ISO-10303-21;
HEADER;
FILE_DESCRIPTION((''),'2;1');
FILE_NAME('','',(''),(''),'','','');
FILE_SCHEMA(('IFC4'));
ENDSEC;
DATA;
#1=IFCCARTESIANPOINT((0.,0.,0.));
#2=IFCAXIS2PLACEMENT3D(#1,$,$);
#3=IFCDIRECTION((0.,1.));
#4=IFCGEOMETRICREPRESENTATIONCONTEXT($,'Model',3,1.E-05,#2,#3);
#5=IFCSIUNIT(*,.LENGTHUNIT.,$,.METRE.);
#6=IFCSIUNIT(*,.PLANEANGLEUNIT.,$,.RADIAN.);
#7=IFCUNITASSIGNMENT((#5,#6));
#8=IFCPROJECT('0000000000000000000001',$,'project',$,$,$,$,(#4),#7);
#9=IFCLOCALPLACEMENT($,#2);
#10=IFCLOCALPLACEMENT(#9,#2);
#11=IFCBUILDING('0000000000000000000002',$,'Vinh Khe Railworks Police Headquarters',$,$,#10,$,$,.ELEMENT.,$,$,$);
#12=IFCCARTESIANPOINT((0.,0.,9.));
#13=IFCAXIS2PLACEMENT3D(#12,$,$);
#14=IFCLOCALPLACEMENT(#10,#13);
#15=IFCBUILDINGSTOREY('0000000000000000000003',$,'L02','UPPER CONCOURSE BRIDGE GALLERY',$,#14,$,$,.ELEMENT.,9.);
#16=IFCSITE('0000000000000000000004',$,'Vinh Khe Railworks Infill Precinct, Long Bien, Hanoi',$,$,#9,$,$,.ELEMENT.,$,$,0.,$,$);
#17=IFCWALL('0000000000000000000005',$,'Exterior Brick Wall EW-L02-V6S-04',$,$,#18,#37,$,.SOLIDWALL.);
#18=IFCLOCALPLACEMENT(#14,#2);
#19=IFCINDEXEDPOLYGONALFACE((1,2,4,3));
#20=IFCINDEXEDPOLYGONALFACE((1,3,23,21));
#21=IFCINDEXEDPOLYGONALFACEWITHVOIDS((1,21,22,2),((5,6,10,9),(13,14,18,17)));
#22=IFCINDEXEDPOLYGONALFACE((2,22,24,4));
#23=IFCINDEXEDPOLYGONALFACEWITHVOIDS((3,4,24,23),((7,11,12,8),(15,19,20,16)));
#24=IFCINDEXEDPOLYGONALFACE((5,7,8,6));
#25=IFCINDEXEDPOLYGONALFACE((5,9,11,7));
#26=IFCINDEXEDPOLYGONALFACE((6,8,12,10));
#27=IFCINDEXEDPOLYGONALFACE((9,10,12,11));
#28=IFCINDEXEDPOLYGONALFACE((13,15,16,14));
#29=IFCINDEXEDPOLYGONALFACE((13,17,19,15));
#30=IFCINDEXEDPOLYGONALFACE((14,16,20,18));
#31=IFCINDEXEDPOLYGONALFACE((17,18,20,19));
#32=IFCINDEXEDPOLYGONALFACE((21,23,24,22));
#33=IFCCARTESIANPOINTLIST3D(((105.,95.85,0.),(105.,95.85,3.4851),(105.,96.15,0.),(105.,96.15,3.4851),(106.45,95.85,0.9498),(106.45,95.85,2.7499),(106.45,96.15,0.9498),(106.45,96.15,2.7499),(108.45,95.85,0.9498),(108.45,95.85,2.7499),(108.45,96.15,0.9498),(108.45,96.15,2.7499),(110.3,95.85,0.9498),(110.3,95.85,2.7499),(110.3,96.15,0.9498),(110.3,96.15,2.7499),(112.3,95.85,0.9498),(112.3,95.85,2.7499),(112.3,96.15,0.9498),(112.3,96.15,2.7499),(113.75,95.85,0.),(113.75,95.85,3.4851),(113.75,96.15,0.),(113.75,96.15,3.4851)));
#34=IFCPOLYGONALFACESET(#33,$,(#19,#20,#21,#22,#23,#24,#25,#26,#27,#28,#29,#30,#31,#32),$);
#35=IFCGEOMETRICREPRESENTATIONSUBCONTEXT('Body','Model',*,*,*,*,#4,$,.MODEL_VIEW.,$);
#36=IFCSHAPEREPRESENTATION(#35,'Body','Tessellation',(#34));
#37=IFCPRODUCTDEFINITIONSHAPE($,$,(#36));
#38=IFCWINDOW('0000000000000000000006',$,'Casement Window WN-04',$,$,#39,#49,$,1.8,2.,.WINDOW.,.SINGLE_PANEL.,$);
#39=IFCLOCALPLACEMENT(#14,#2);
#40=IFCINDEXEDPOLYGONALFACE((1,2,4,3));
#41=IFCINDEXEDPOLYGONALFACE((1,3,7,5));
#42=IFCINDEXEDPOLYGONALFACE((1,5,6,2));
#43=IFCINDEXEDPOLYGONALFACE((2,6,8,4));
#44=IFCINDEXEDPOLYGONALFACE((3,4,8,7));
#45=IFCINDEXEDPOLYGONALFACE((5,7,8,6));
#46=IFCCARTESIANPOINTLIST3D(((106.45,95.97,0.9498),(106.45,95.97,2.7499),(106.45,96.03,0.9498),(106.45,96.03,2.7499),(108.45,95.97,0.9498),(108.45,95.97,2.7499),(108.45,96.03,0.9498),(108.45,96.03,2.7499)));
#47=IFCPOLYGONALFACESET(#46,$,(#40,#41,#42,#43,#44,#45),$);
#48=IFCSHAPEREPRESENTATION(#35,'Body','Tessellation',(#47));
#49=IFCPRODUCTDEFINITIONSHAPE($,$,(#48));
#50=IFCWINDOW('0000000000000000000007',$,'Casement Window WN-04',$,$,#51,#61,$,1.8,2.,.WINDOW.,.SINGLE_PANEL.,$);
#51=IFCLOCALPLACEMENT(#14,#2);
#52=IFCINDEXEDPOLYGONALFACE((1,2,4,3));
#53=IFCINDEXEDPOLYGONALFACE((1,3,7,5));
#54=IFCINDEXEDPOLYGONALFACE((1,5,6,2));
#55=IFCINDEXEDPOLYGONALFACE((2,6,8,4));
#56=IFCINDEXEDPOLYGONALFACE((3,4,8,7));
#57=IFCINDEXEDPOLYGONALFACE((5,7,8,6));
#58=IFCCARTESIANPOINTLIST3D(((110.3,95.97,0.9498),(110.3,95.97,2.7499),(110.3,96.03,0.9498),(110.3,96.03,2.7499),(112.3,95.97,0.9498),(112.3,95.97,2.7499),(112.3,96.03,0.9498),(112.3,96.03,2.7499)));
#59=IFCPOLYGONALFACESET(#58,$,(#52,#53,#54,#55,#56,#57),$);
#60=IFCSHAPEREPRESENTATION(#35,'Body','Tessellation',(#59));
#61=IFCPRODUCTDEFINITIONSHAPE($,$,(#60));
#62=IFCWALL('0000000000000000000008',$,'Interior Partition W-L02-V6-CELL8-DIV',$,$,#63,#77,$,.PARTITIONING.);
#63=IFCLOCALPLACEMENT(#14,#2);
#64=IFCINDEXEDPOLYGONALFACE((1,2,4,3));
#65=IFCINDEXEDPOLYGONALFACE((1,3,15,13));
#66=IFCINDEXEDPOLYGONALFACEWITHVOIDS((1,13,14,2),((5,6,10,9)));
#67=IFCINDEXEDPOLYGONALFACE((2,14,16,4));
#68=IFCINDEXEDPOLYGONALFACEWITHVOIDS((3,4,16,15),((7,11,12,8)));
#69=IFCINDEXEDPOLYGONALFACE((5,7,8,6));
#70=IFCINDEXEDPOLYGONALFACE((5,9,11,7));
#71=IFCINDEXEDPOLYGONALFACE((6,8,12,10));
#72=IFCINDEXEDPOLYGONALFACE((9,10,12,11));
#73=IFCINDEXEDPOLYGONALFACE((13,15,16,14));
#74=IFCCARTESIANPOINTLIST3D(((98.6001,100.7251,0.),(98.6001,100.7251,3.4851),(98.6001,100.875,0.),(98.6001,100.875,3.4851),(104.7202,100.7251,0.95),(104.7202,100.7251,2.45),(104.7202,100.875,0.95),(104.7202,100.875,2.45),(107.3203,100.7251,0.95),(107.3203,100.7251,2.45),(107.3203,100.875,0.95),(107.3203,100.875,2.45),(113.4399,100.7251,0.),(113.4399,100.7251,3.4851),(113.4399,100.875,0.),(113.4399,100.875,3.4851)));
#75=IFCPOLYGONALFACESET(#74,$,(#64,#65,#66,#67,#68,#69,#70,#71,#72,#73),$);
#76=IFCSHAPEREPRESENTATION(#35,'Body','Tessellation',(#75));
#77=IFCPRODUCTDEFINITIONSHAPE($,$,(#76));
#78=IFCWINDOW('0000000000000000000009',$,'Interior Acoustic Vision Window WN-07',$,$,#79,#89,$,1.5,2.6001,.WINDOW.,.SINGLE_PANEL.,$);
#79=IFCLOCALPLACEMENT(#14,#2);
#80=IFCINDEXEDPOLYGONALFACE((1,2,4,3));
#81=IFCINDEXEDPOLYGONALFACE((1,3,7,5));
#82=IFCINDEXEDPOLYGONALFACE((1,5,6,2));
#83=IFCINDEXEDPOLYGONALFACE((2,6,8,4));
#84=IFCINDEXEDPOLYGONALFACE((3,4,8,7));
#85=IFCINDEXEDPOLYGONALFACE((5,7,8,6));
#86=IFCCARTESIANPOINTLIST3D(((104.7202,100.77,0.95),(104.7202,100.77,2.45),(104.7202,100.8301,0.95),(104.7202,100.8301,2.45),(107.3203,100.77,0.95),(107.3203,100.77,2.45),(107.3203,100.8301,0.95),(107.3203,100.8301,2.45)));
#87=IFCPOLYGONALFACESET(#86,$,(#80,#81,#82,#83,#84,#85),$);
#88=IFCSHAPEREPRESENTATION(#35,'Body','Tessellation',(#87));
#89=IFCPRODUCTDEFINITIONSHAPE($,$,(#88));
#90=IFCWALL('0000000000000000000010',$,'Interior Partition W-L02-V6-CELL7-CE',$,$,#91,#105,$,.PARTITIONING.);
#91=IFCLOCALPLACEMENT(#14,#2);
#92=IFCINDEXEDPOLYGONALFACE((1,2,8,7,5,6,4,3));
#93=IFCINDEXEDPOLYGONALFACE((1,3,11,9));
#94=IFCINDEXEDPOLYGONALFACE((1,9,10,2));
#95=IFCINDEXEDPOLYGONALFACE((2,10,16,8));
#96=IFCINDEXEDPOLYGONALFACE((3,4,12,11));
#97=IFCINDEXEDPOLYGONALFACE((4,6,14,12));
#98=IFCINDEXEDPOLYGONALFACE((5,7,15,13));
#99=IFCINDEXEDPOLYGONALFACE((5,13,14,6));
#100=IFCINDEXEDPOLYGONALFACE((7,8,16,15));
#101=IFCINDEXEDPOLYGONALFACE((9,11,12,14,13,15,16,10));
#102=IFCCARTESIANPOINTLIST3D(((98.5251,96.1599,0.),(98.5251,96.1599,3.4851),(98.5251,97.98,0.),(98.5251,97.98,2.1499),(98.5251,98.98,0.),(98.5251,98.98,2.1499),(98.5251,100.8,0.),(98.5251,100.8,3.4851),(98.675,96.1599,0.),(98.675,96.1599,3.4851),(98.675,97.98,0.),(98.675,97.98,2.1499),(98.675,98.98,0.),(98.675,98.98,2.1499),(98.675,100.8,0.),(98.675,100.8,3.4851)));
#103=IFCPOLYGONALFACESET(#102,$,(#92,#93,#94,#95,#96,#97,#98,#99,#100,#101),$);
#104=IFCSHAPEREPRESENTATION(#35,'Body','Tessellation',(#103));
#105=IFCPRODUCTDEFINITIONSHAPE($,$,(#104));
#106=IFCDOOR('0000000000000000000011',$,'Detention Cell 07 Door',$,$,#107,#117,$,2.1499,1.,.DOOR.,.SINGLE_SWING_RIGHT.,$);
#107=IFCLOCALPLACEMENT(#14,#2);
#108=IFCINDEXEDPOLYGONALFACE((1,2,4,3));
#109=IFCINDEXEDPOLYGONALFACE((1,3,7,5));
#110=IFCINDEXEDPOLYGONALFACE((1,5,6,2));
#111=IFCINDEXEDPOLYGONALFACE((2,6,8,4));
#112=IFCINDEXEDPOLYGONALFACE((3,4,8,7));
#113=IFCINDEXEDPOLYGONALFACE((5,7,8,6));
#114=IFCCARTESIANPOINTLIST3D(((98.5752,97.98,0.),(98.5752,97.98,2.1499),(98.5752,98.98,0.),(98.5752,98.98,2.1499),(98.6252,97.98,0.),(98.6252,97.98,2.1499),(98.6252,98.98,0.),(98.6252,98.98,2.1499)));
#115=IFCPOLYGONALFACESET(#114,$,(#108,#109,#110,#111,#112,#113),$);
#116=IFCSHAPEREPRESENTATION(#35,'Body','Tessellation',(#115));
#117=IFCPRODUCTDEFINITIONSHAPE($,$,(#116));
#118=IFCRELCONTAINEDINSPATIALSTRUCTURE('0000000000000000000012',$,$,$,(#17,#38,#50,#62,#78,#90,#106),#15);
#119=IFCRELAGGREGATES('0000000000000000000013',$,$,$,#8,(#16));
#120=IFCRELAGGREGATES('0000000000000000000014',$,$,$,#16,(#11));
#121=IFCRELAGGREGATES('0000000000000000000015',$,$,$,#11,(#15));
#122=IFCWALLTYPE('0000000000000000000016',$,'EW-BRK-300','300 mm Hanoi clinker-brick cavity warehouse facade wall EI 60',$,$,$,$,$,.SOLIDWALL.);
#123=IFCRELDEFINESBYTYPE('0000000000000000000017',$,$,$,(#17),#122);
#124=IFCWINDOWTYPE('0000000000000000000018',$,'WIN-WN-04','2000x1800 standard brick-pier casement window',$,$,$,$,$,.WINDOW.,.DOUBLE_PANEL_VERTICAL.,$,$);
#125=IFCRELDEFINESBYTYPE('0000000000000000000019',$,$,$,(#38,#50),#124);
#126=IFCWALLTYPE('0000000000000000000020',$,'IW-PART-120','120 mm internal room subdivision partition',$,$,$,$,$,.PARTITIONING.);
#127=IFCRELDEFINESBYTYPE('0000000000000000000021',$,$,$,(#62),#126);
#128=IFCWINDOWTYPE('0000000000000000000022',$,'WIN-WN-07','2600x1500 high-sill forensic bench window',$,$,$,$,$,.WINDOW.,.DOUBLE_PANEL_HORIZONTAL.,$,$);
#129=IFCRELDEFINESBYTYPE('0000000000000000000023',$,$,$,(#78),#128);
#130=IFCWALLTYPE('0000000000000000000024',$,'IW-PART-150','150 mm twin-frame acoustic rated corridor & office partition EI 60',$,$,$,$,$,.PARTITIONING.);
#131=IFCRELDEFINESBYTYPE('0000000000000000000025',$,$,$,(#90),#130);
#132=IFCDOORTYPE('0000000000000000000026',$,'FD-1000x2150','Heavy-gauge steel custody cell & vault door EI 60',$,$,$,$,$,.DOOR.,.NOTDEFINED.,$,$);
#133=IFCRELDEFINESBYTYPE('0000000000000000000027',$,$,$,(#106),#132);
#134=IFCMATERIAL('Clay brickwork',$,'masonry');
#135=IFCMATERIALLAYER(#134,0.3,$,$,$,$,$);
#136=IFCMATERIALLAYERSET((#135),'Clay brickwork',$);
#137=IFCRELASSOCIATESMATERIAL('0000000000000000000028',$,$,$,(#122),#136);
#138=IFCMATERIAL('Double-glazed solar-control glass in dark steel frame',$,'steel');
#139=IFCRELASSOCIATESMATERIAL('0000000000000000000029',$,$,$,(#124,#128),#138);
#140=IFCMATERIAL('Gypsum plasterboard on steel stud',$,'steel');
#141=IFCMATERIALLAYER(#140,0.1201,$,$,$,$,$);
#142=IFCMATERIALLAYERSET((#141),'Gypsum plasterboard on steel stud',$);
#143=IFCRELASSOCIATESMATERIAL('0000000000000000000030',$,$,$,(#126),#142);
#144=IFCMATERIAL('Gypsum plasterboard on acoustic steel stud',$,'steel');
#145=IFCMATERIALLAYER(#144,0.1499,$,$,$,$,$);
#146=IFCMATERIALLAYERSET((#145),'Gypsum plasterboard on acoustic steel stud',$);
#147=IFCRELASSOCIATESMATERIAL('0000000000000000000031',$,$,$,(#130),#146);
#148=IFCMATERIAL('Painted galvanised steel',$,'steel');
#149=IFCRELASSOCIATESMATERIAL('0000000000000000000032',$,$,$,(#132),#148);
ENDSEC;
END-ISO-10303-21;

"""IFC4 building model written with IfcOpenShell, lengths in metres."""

from ifc_helpers import new_model, si_unit, direction, frame, frame_2d, origin, place, context, subcontext, project, spatial, rectangle, extrude, material, layer, layer_set, type_object, element, fill, save


model = new_model("IFC4")

# Units and contexts
model_context = context("Model", 3, precision=1e-05, world=origin(), true_north=direction((0.0, 1.0)))
body_context = subcontext(model_context, "Body", "Model", "MODEL_VIEW")
ifc_project = project(units=[si_unit("LENGTHUNIT", "METRE"), si_unit("PLANEANGLEUNIT", "RADIAN")], contexts=[model_context])

# Site, building, storey
site_placement = place(None, origin())
site = spatial("IfcSite", under=ifc_project, at=site_placement, Name="Vinh Khe Railworks Infill Precinct, Long Bien, Hanoi", CompositionType="ELEMENT", RefElevation=0.0)
building_placement = place(site_placement, origin())
building = spatial("IfcBuilding", under=site, at=building_placement, Name="Vinh Khe Railworks Police Headquarters", CompositionType="ELEMENT")
storey_placement = place(building_placement, frame((0.0, 0.0, 9.0)))
storey = spatial("IfcBuildingStorey", under=building, at=storey_placement, Name="L02", Description="UPPER CONCOURSE BRIDGE GALLERY", CompositionType="ELEMENT", Elevation=9.0)

# Shared definitions
ifc_material_1 = material(Name="Clay brickwork", Category="masonry")
ifc_layer_1 = layer(ifc_material_1, 0.3)
ifc_layer_set_1 = layer_set([ifc_layer_1], Name="Clay brickwork")
wall_type_1 = type_object("IfcWallType", Name="EW-BRK-300", Description="300 mm Hanoi clinker-brick cavity warehouse facade wall EI 60", PredefinedType="SOLIDWALL", material=ifc_layer_set_1)
ifc_material_2 = material(Name="Double-glazed solar-control glass in dark steel frame", Category="steel")
window_type_1 = type_object("IfcWindowType", Name="WIN-WN-04", Description="2000x1800 standard brick-pier casement window", PartitioningType="DOUBLE_PANEL_VERTICAL", PredefinedType="WINDOW", material=ifc_material_2)

# Wall, openings, windows
wall_1_placement = place(storey_placement, frame((105.0, 96.0, 0.0), z_axis=(0.0, 0.0, 1.0), x_axis=(1.0, 0.0, 0.0)))
wall_1 = element("IfcWall", 1, at=wall_1_placement, inside=storey, type_object=wall_type_1, Name="Exterior Brick Wall EW-L02-V6S-04", PredefinedType="SOLIDWALL", context=body_context, shape_type="SweptSolid", body=[
    extrude(rectangle(XDim=8.75, YDim=0.3, at=frame_2d((4.375, 0.0))), origin(), (0.0, 0.0, 1.0), 3.4851),
])
opening_1_placement = place(wall_1_placement, frame((1.45, 0.0, 0.95)))
opening_1 = element("IfcOpeningElement", 2, at=opening_1_placement, cuts=wall_1, PredefinedType="OPENING", context=body_context, shape_type="SweptSolid", body=[
    extrude(rectangle(XDim=2.0, YDim=1.8, at=frame_2d((1.0, 0.8999))), frame((0.0, 0.165, 0.0), z_axis=(0.0, -1.0, 0.0), x_axis=(1.0, 0.0, 0.0)), (0.0, 0.0, 1.0), 0.3298),
])
opening_2_placement = place(wall_1_placement, frame((5.3, 0.0, 0.95)))
opening_2 = element("IfcOpeningElement", 3, at=opening_2_placement, cuts=wall_1, PredefinedType="OPENING", context=body_context, shape_type="SweptSolid", body=[
    extrude(rectangle(XDim=2.0, YDim=1.8, at=frame_2d((1.0, 0.8999))), frame((0.0, 0.165, 0.0), z_axis=(0.0, -1.0, 0.0), x_axis=(1.0, 0.0, 0.0)), (0.0, 0.0, 1.0), 0.3298),
])
window_1_placement = place(opening_1_placement, origin())
window_1 = element("IfcWindow", 4, at=window_1_placement, inside=storey, type_object=window_type_1, Name="Casement Window WN-04", OverallHeight=1.8, OverallWidth=2.0, PartitioningType="SINGLE_PANEL", PredefinedType="WINDOW", context=body_context, shape_type="SweptSolid", body=[
    extrude(rectangle(XDim=2.0, YDim=1.8, at=frame_2d((1.0, 0.8999))), frame((0.0, 0.03, 0.0), z_axis=(0.0, -1.0, 0.0), x_axis=(1.0, 0.0, 0.0)), (0.0, 0.0, 1.0), 0.0601),
])
fill(opening_1, window_1)
window_2_placement = place(opening_2_placement, origin())
window_2 = element("IfcWindow", 5, at=window_2_placement, inside=storey, type_object=window_type_1, Name="Casement Window WN-04", OverallHeight=1.8, OverallWidth=2.0, PartitioningType="SINGLE_PANEL", PredefinedType="WINDOW", context=body_context, shape_type="SweptSolid", body=[
    extrude(rectangle(XDim=2.0, YDim=1.8, at=frame_2d((1.0, 0.8999))), frame((0.0, 0.03, 0.0), z_axis=(0.0, -1.0, 0.0), x_axis=(1.0, 0.0, 0.0)), (0.0, 0.0, 1.0), 0.0601),
])
fill(opening_2, window_2)

# Wall, opening, window
ifc_material_3 = material(Name="Gypsum plasterboard on steel stud", Category="steel")
ifc_layer_2 = layer(ifc_material_3, 0.1201)
ifc_layer_set_2 = layer_set([ifc_layer_2], Name="Gypsum plasterboard on steel stud")
wall_type_2 = type_object("IfcWallType", Name="IW-PART-120", Description="120 mm internal room subdivision partition", PredefinedType="PARTITIONING", material=ifc_layer_set_2)
wall_2_placement = place(storey_placement, frame((98.6001, 100.8, 0.0), z_axis=(0.0, 0.0, 1.0), x_axis=(1.0, 0.0, 0.0)))
wall_2 = element("IfcWall", 6, at=wall_2_placement, inside=storey, type_object=wall_type_2, Name="Interior Partition W-L02-V6-CELL8-DIV", PredefinedType="PARTITIONING", context=body_context, shape_type="SweptSolid", body=[
    extrude(rectangle(XDim=14.8398, YDim=0.1499, at=frame_2d((7.4199, 0.0))), origin(), (0.0, 0.0, 1.0), 3.4851),
])
opening_3_placement = place(wall_2_placement, frame((6.1201, 0.0, 0.95)))
opening_3 = element("IfcOpeningElement", 7, at=opening_3_placement, cuts=wall_2, PredefinedType="OPENING", context=body_context, shape_type="SweptSolid", body=[
    extrude(rectangle(XDim=2.6001, YDim=1.5, at=frame_2d((1.3, 0.75))), frame((0.0, 0.0898, 0.0), z_axis=(0.0, -1.0, 0.0), x_axis=(1.0, 0.0, 0.0)), (0.0, 0.0, 1.0), 0.1797),
])
window_type_2 = type_object("IfcWindowType", Name="WIN-WN-07", Description="2600x1500 high-sill forensic bench window", PartitioningType="DOUBLE_PANEL_HORIZONTAL", PredefinedType="WINDOW", material=ifc_material_2)
window_3_placement = place(opening_3_placement, origin())
window_3 = element("IfcWindow", 8, at=window_3_placement, inside=storey, type_object=window_type_2, Name="Interior Acoustic Vision Window WN-07", OverallHeight=1.5, OverallWidth=2.6001, PartitioningType="SINGLE_PANEL", PredefinedType="WINDOW", context=body_context, shape_type="SweptSolid", body=[
    extrude(rectangle(XDim=2.6001, YDim=1.5, at=frame_2d((1.3, 0.75))), frame((0.0, 0.03, 0.0), z_axis=(0.0, -1.0, 0.0), x_axis=(1.0, 0.0, 0.0)), (0.0, 0.0, 1.0), 0.0601),
])
fill(opening_3, window_3)

# Wall, opening, door
ifc_material_4 = material(Name="Gypsum plasterboard on acoustic steel stud", Category="steel")
ifc_layer_3 = layer(ifc_material_4, 0.1499)
ifc_layer_set_3 = layer_set([ifc_layer_3], Name="Gypsum plasterboard on acoustic steel stud")
wall_type_3 = type_object("IfcWallType", Name="IW-PART-150", Description="150 mm twin-frame acoustic rated corridor & office partition EI 60", PredefinedType="PARTITIONING", material=ifc_layer_set_3)
wall_3_placement = place(storey_placement, frame((98.6001, 96.1599, 0.0), z_axis=(0.0, 0.0, 1.0), x_axis=(0.0, 1.0, 0.0)))
wall_3 = element("IfcWall", 9, at=wall_3_placement, inside=storey, type_object=wall_type_3, Name="Interior Partition W-L02-V6-CELL7-CE", PredefinedType="PARTITIONING", context=body_context, shape_type="SweptSolid", body=[
    extrude(rectangle(XDim=4.6401, YDim=0.1499, at=frame_2d((2.3201, 0.0))), origin(), (0.0, 0.0, 1.0), 3.4851),
])
opening_4_placement = place(wall_3_placement, frame((1.8201, 0.0, 0.0)))
opening_4 = element("IfcOpeningElement", 10, at=opening_4_placement, cuts=wall_3, PredefinedType="OPENING", context=body_context, shape_type="SweptSolid", body=[
    extrude(rectangle(XDim=1.0, YDim=2.1499, at=frame_2d((0.5, 1.075))), frame((0.0, 0.0898, 0.0), z_axis=(0.0, -1.0, 0.0), x_axis=(1.0, 0.0, 0.0)), (0.0, 0.0, 1.0), 0.1797),
])
ifc_material_5 = material(Name="Painted galvanised steel", Category="steel")
door_type = type_object("IfcDoorType", Name="FD-1000x2150", Description="Heavy-gauge steel custody cell & vault door EI 60", OperationType="NOTDEFINED", PredefinedType="DOOR", material=ifc_material_5)
door_1_placement = place(opening_4_placement, origin())
door_1 = element("IfcDoor", 11, at=door_1_placement, inside=storey, type_object=door_type, Name="Detention Cell 07 Door", OperationType="SINGLE_SWING_RIGHT", OverallHeight=2.1499, OverallWidth=1.0, PredefinedType="DOOR", context=body_context, shape_type="SweptSolid", body=[
    extrude(rectangle(XDim=1.0, YDim=2.1499, at=frame_2d((0.5, 1.075))), frame((0.0, 0.0249, 0.0), z_axis=(0.0, -1.0, 0.0), x_axis=(1.0, 0.0, 0.0)), (0.0, 0.0, 1.0), 0.05),
])
fill(opening_4, door_1)

save(model, "model.ifc")
